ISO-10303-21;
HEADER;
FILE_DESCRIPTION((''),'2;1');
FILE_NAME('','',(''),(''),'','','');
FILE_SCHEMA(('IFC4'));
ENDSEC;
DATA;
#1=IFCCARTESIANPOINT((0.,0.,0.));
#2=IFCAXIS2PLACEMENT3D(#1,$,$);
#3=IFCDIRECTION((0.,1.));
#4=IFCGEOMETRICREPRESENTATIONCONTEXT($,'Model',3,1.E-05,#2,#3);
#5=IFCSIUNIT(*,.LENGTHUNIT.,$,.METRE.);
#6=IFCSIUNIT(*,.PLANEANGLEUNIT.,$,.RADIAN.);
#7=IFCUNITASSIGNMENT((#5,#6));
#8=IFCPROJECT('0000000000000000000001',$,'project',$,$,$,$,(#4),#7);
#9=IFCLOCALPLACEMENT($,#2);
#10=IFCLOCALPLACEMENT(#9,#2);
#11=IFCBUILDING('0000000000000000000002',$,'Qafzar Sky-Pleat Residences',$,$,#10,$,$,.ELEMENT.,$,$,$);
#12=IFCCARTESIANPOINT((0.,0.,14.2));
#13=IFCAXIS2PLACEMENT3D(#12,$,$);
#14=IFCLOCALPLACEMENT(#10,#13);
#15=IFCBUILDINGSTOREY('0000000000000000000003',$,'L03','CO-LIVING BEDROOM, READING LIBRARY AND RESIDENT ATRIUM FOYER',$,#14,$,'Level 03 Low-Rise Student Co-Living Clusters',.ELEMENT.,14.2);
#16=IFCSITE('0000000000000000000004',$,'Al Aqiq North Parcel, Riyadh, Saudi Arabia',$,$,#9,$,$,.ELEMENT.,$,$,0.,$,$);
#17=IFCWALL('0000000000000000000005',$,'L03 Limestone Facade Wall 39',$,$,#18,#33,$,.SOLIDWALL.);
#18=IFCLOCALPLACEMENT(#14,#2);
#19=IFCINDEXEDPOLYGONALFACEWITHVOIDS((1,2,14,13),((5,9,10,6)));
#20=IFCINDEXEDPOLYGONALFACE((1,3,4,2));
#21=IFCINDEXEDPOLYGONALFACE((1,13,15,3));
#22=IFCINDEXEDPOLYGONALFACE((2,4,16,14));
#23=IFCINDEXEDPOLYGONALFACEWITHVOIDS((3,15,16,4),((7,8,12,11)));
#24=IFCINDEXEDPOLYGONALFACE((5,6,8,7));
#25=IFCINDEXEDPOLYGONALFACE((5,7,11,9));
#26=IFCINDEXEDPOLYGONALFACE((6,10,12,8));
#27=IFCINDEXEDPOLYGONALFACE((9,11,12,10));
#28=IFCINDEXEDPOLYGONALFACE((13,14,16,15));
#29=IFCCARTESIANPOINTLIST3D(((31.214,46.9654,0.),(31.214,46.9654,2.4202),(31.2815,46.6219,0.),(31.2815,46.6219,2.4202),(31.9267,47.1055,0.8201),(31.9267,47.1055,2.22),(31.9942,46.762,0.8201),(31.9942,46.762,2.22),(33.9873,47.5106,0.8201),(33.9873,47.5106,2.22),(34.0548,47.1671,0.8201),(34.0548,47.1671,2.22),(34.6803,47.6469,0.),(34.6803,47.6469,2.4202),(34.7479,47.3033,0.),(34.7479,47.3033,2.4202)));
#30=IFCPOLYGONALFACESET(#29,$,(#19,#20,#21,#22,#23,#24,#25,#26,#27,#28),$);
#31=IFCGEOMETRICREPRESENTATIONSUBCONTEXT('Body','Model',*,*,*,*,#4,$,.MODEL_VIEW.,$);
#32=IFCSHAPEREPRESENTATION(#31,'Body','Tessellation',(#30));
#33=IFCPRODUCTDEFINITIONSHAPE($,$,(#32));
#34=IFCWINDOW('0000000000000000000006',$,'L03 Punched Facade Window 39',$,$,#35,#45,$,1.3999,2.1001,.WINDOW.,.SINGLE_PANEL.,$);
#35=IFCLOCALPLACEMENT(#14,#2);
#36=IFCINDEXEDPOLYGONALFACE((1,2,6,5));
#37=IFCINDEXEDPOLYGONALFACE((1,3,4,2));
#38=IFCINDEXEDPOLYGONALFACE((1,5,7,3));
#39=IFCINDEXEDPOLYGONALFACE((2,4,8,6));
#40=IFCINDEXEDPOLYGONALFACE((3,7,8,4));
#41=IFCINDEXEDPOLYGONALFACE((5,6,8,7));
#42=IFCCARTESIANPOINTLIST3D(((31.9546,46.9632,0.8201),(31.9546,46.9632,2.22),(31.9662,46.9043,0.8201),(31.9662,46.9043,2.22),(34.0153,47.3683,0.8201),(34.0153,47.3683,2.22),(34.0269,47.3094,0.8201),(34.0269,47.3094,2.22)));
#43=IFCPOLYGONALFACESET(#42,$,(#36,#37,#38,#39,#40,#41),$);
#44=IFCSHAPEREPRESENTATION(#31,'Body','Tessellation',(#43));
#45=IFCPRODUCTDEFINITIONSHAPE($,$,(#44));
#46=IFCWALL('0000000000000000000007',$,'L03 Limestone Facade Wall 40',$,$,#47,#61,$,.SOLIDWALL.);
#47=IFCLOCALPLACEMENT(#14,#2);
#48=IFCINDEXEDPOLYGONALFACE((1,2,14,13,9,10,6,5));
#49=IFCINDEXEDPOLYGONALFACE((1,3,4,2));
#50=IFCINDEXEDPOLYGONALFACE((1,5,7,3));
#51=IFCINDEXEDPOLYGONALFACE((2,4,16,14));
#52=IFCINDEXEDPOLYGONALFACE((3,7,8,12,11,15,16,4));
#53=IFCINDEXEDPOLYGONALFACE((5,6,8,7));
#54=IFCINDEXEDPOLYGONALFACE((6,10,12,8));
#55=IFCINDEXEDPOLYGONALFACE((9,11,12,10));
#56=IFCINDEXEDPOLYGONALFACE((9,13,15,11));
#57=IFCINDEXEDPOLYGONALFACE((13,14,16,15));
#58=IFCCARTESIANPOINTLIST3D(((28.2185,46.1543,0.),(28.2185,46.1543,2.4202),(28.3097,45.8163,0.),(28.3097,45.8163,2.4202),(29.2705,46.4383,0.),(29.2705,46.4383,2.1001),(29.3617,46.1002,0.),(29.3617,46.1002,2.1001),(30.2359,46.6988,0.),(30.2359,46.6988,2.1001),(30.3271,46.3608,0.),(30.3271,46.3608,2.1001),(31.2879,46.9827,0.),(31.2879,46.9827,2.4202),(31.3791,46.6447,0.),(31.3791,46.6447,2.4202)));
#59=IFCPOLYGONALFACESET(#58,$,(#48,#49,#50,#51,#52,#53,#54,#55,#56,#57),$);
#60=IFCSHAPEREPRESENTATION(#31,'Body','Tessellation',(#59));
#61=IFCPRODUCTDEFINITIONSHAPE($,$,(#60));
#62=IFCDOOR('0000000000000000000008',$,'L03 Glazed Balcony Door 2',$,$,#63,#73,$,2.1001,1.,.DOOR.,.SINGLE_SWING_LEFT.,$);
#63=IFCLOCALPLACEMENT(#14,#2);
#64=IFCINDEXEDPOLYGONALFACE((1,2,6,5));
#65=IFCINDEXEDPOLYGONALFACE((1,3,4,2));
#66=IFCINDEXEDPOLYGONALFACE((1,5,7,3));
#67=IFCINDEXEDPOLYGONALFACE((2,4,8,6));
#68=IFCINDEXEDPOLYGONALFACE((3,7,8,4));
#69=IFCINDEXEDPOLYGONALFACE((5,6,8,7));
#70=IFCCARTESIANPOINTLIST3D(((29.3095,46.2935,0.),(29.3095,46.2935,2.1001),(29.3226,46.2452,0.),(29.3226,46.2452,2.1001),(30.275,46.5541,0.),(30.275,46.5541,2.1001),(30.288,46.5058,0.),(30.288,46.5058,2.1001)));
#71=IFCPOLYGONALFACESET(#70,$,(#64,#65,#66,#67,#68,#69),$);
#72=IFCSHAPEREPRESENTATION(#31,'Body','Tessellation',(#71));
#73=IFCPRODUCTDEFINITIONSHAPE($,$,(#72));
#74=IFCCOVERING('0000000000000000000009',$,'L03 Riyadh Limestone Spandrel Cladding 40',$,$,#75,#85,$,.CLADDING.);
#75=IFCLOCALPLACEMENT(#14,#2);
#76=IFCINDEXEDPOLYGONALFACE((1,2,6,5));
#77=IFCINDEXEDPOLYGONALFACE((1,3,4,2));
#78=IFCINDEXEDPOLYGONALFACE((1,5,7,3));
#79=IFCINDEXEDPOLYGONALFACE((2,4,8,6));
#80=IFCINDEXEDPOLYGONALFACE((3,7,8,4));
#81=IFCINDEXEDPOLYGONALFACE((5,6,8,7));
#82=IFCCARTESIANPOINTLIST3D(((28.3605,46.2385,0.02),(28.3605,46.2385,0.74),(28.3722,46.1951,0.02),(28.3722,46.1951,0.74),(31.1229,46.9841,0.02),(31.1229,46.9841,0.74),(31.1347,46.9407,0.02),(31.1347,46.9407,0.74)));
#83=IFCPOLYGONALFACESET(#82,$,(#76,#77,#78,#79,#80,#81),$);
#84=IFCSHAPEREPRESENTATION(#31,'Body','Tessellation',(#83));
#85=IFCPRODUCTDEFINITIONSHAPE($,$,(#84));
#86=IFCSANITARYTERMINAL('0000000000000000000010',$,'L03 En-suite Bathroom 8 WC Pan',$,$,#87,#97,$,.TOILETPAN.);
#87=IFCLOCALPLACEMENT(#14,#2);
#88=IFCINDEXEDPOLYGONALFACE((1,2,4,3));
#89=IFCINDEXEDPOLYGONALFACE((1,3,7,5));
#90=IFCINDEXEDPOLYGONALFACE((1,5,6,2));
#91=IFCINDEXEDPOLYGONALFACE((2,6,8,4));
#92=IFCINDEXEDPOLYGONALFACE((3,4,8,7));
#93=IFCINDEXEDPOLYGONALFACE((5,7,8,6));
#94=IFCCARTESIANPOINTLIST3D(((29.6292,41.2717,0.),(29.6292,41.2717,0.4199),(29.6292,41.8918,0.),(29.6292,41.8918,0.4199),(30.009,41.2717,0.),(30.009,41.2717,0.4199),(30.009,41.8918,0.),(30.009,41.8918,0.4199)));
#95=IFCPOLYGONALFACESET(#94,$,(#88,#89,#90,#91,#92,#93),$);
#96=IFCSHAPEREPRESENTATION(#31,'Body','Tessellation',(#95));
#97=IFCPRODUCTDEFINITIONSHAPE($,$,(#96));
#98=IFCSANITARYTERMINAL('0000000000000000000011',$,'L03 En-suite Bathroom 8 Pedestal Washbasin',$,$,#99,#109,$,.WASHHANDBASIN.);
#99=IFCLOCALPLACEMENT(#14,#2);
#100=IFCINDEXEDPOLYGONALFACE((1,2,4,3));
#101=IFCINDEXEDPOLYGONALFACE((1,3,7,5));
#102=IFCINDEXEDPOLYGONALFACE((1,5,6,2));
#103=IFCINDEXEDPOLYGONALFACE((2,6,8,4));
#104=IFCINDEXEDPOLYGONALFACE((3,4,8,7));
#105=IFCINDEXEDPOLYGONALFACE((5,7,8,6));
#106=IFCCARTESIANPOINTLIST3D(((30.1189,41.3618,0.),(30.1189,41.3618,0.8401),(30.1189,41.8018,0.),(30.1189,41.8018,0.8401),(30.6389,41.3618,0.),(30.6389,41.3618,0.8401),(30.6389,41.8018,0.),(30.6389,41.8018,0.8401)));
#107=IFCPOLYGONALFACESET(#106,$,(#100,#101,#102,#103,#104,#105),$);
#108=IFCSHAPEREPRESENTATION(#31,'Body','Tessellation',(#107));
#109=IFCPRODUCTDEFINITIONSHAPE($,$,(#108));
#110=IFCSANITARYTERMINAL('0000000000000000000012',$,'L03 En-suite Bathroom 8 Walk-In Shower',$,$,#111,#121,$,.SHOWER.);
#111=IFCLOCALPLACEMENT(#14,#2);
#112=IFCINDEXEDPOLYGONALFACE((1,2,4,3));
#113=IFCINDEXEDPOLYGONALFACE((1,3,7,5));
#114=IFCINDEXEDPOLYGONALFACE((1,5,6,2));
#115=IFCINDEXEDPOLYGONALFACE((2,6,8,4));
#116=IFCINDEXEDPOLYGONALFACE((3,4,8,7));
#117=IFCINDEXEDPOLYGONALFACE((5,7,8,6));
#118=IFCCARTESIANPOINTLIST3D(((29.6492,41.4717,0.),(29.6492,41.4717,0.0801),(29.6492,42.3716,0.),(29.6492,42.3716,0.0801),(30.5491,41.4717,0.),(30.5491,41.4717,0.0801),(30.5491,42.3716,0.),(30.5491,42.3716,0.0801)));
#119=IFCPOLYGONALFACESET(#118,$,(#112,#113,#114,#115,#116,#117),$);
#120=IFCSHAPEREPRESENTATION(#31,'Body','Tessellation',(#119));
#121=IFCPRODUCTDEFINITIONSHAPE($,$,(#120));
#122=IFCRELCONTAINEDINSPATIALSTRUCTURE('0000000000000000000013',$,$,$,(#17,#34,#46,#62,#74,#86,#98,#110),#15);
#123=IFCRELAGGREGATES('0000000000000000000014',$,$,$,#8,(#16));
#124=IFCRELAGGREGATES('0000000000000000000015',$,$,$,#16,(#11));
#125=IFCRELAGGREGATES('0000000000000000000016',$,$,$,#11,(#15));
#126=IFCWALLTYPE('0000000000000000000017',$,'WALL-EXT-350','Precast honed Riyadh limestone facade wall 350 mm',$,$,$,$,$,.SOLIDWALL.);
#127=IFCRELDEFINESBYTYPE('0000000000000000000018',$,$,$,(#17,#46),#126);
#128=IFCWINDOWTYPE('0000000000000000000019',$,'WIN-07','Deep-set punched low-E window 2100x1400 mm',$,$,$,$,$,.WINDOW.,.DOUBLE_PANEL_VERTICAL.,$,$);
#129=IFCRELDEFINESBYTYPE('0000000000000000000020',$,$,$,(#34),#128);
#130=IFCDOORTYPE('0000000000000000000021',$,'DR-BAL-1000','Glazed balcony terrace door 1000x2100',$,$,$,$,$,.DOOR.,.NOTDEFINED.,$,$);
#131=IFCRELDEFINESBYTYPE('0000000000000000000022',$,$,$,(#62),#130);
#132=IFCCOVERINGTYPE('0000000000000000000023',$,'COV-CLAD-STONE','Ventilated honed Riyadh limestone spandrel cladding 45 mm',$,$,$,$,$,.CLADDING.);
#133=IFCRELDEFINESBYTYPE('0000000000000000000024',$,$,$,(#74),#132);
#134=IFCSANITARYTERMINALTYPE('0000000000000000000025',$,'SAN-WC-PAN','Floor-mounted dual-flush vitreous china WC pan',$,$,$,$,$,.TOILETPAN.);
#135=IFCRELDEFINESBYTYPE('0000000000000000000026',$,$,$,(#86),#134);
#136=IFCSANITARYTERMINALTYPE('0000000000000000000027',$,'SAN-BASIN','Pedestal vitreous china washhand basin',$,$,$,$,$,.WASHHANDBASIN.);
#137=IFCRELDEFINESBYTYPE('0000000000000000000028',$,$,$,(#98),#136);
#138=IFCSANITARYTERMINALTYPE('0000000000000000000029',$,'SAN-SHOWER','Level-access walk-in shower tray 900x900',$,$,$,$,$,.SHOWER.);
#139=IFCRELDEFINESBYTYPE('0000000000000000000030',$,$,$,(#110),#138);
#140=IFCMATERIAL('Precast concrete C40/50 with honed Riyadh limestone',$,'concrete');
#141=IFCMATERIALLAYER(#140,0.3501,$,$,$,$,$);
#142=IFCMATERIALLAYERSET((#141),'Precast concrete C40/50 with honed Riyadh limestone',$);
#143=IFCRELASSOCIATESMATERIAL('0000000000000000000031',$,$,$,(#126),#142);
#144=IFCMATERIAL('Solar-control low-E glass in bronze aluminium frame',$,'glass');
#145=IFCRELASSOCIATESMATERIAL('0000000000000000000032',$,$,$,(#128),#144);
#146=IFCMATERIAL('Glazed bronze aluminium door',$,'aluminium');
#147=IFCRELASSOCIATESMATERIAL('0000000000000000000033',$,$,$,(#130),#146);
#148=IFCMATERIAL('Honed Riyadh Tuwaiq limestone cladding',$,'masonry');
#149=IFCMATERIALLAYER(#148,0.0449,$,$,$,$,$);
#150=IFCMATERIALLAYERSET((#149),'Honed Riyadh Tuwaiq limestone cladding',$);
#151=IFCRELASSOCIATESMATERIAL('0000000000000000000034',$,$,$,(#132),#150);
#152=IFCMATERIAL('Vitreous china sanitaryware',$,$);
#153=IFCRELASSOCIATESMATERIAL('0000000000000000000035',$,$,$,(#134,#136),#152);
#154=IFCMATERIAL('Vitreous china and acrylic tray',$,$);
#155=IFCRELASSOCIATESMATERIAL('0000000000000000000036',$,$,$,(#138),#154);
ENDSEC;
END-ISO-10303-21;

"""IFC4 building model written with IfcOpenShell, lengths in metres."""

from ifc_helpers import new_model, si_unit, direction, frame, frame_2d, origin, origin_2d, place, context, subcontext, project, spatial, rectangle, extrude, source, transform, mapped, material, layer, layer_set, type_object, element, fill, save


model = new_model("IFC4")

# Units and contexts
model_context = context("Model", 3, precision=1e-05, world=origin(), true_north=direction((0.0, 1.0)))
body_context = subcontext(model_context, "Body", "Model", "MODEL_VIEW")
ifc_project = project(units=[si_unit("LENGTHUNIT", "METRE"), si_unit("PLANEANGLEUNIT", "RADIAN")], contexts=[model_context])

# Site, building, storey
site_placement = place(None, origin())
site = spatial("IfcSite", under=ifc_project, at=site_placement, Name="Al Aqiq North Parcel, Riyadh, Saudi Arabia", CompositionType="ELEMENT", RefElevation=0.0)
building_placement = place(site_placement, origin())
building = spatial("IfcBuilding", under=site, at=building_placement, Name="Qafzar Sky-Pleat Residences", CompositionType="ELEMENT")
storey_placement = place(building_placement, frame((0.0, 0.0, 14.2)))
storey = spatial("IfcBuildingStorey", under=building, at=storey_placement, Name="L03", Description="CO-LIVING BEDROOM, READING LIBRARY AND RESIDENT ATRIUM FOYER", LongName="Level 03 Low-Rise Student Co-Living Clusters", CompositionType="ELEMENT", Elevation=14.2)

# Wall, opening, window
ifc_material_1 = material(Name="Precast concrete C40/50 with honed Riyadh limestone", Category="concrete")
ifc_layer_1 = layer(ifc_material_1, 0.3501)
ifc_layer_set_1 = layer_set([ifc_layer_1], Name="Precast concrete C40/50 with honed Riyadh limestone")
wall_type_1 = type_object("IfcWallType", Name="WALL-EXT-350", Description="Precast honed Riyadh limestone facade wall 350 mm", PredefinedType="SOLIDWALL", material=ifc_layer_set_1)
ifc_material_2 = material(Name="Solar-control low-E glass in bronze aluminium frame", Category="glass")
wall_1_placement = place(storey_placement, frame((34.7141, 47.4751, 0.0), z_axis=(0.0, 0.0, 1.0), x_axis=(-0.981221, -0.192886, 0.0)))
wall_1 = element("IfcWall", 1, at=wall_1_placement, inside=storey, type_object=wall_type_1, Name="L03 Limestone Facade Wall 39", PredefinedType="SOLIDWALL", context=body_context, shape_type="SweptSolid", body=[
    extrude(rectangle(XDim=3.5327, YDim=0.3501, at=frame_2d((1.7664, 0.0))), origin(), (0.0, 0.0, 1.0), 2.4202),
])
opening_1_placement = place(wall_1_placement, frame((0.7063, 0.0, 0.8201)))
opening_1 = element("IfcOpeningElement", 2, at=opening_1_placement, cuts=wall_1, PredefinedType="OPENING", context=body_context, shape_type="SweptSolid", body=[
    extrude(rectangle(XDim=2.1001, YDim=1.3999, at=frame_2d((1.05, 0.7))), frame((0.0, 0.1851, 0.0), z_axis=(0.0, -1.0, 0.0), x_axis=(1.0, 0.0, 0.0)), (0.0, 0.0, 1.0), 0.3701),
])
window_type_1 = type_object("IfcWindowType", Name="WIN-07", Description="Deep-set punched low-E window 2100x1400 mm", PartitioningType="DOUBLE_PANEL_VERTICAL", PredefinedType="WINDOW", material=ifc_material_2)
shared_shape_1 = source(origin(), body_context, "Body", "SweptSolid", [
    extrude(rectangle(XDim=2.1001, YDim=1.3999, at=frame_2d((1.05, 0.7))), frame((0.0, 0.03, 0.0), z_axis=(0.0, -1.0, 0.0), x_axis=(1.0, 0.0, 0.0)), (0.0, 0.0, 1.0), 0.0601),
])
window_1_placement = place(opening_1_placement, origin())
window_1 = element("IfcWindow", 3, at=window_1_placement, inside=storey, type_object=window_type_1, Name="L03 Punched Facade Window 39", OverallHeight=1.3999, OverallWidth=2.1001, PartitioningType="SINGLE_PANEL", PredefinedType="WINDOW", context=body_context, shape_type="MappedRepresentation", body=[
    mapped(shared_shape_1, transform((0.0, 0.0, 0.0), x_axis=(1.0, 0.0, 0.0), y_axis=(0.0, 1.0, 0.0), z_axis=(0.0, 0.0, 1.0), scale=1.0)),
])
fill(opening_1, window_1)

# Wall, opening, door
wall_2_placement = place(storey_placement, frame((31.3335, 46.8137, 0.0), z_axis=(0.0, 0.0, 1.0), x_axis=(-0.965457, -0.260563, 0.0)))
wall_2 = element("IfcWall", 4, at=wall_2_placement, inside=storey, type_object=wall_type_1, Name="L03 Limestone Facade Wall 40", PredefinedType="SOLIDWALL", context=body_context, shape_type="SweptSolid", body=[
    extrude(rectangle(XDim=3.1792, YDim=0.3501, at=frame_2d((1.5896, 0.0))), origin(), (0.0, 0.0, 1.0), 2.4202),
])
opening_2_placement = place(wall_2_placement, frame((1.0896, 0.0, 0.0)))
opening_2 = element("IfcOpeningElement", 5, at=opening_2_placement, cuts=wall_2, PredefinedType="OPENING", context=body_context, shape_type="SweptSolid", body=[
    extrude(rectangle(XDim=1.0, YDim=2.1001, at=frame_2d((0.5, 1.05))), frame((0.0, 0.1851, 0.0), z_axis=(0.0, -1.0, 0.0), x_axis=(1.0, 0.0, 0.0)), (0.0, 0.0, 1.0), 0.3701),
])
ifc_material_3 = material(Name="Glazed bronze aluminium door", Category="aluminium")
door_type_1 = type_object("IfcDoorType", Name="DR-BAL-1000", Description="Glazed balcony terrace door 1000x2100", OperationType="NOTDEFINED", PredefinedType="DOOR", material=ifc_material_3)
shared_shape_2 = source(origin(), body_context, "Body", "SweptSolid", [
    extrude(rectangle(XDim=1.0, YDim=2.1001, at=frame_2d((0.5, 1.05))), frame((0.0, 0.0249, 0.0), z_axis=(0.0, -1.0, 0.0), x_axis=(1.0, 0.0, 0.0)), (0.0, 0.0, 1.0), 0.05),
])
door_1_placement = place(opening_2_placement, origin())
door_1 = element("IfcDoor", 6, at=door_1_placement, inside=storey, type_object=door_type_1, Name="L03 Glazed Balcony Door 2", OperationType="SINGLE_SWING_LEFT", OverallHeight=2.1001, OverallWidth=1.0, PredefinedType="DOOR", context=body_context, shape_type="MappedRepresentation", body=[
    mapped(shared_shape_2, transform((0.0, 0.0, 0.0), x_axis=(1.0, 0.0, 0.0), y_axis=(0.0, 1.0, 0.0), z_axis=(0.0, 0.0, 1.0), scale=1.0)),
])
fill(opening_2, door_1)

# Covering
ifc_material_4 = material(Name="Honed Riyadh Tuwaiq limestone cladding", Category="masonry")
ifc_layer_2 = layer(ifc_material_4, 0.0449)
ifc_layer_set_2 = layer_set([ifc_layer_2], Name="Honed Riyadh Tuwaiq limestone cladding")
covering_type = type_object("IfcCoveringType", Name="COV-CLAD-STONE", Description="Ventilated honed Riyadh limestone spandrel cladding 45 mm", PredefinedType="CLADDING", material=ifc_layer_set_2)
shared_shape_3 = source(origin(), body_context, "Body", "SweptSolid", [
    extrude(rectangle(XDim=2.8613, YDim=0.0449, at=origin_2d()), origin(), (0.0, 0.0, 1.0), 0.72),
])
covering_placement = place(storey_placement, frame((29.7476, 46.5896, 0.02), z_axis=(0.0, 0.0, 1.0), x_axis=(-0.965456, -0.260567, 0.0)))
element("IfcCovering", 7, at=covering_placement, inside=storey, type_object=covering_type, Name="L03 Riyadh Limestone Spandrel Cladding 40", PredefinedType="CLADDING", context=body_context, shape_type="MappedRepresentation", body=[
    mapped(shared_shape_3, transform((0.0, 0.0, 0.0), x_axis=(1.0, 0.0, 0.0), y_axis=(0.0, 1.0, 0.0), z_axis=(0.0, 0.0, 1.0), scale=1.0)),
])

# Sanitary terminals
ifc_material_5 = material(Name="Vitreous china sanitaryware")
sanitary_terminal_type_1 = type_object("IfcSanitaryTerminalType", Name="SAN-WC-PAN", Description="Floor-mounted dual-flush vitreous china WC pan", PredefinedType="TOILETPAN", material=ifc_material_5)
shared_shape_4 = source(origin(), body_context, "Body", "SweptSolid", [
    extrude(rectangle(XDim=0.3799, YDim=0.6201, at=origin_2d()), origin(), (0.0, 0.0, 1.0), 0.4199),
])
sanitary_terminal_1_placement = place(storey_placement, frame((29.8191, 41.5818, 0.0), z_axis=(0.0, 0.0, 1.0), x_axis=(1.0, 0.0, 0.0)))
element("IfcSanitaryTerminal", 8, at=sanitary_terminal_1_placement, inside=storey, type_object=sanitary_terminal_type_1, Name="L03 En-suite Bathroom 8 WC Pan", PredefinedType="TOILETPAN", context=body_context, shape_type="MappedRepresentation", body=[
    mapped(shared_shape_4, transform((0.0, 0.0, 0.0), x_axis=(1.0, 0.0, 0.0), y_axis=(0.0, 1.0, 0.0), z_axis=(0.0, 0.0, 1.0), scale=1.0)),
])
sanitary_terminal_type_2 = type_object("IfcSanitaryTerminalType", Name="SAN-BASIN", Description="Pedestal vitreous china washhand basin", PredefinedType="WASHHANDBASIN", material=ifc_material_5)
shared_shape_5 = source(origin(), body_context, "Body", "SweptSolid", [
    extrude(rectangle(XDim=0.52, YDim=0.4399, at=origin_2d()), origin(), (0.0, 0.0, 1.0), 0.8401),
])
sanitary_terminal_2_placement = place(storey_placement, frame((30.3789, 41.5818, 0.0), z_axis=(0.0, 0.0, 1.0), x_axis=(1.0, 0.0, 0.0)))
element("IfcSanitaryTerminal", 9, at=sanitary_terminal_2_placement, inside=storey, type_object=sanitary_terminal_type_2, Name="L03 En-suite Bathroom 8 Pedestal Washbasin", PredefinedType="WASHHANDBASIN", context=body_context, shape_type="MappedRepresentation", body=[
    mapped(shared_shape_5, transform((0.0, 0.0, 0.0), x_axis=(1.0, 0.0, 0.0), y_axis=(0.0, 1.0, 0.0), z_axis=(0.0, 0.0, 1.0), scale=1.0)),
])
ifc_material_6 = material(Name="Vitreous china and acrylic tray")
sanitary_terminal_type_3 = type_object("IfcSanitaryTerminalType", Name="SAN-SHOWER", Description="Level-access walk-in shower tray 900x900", PredefinedType="SHOWER", material=ifc_material_6)
shared_shape_6 = source(origin(), body_context, "Body", "SweptSolid", [
    extrude(rectangle(XDim=0.8999, YDim=0.8999, at=origin_2d()), origin(), (0.0, 0.0, 1.0), 0.0801),
])
sanitary_terminal_3_placement = place(storey_placement, frame((30.0991, 41.9216, 0.0), z_axis=(0.0, 0.0, 1.0), x_axis=(1.0, 0.0, 0.0)))
element("IfcSanitaryTerminal", 10, at=sanitary_terminal_3_placement, inside=storey, type_object=sanitary_terminal_type_3, Name="L03 En-suite Bathroom 8 Walk-In Shower", PredefinedType="SHOWER", context=body_context, shape_type="MappedRepresentation", body=[
    mapped(shared_shape_6, transform((0.0, 0.0, 0.0), x_axis=(1.0, 0.0, 0.0), y_axis=(0.0, 1.0, 0.0), z_axis=(0.0, 0.0, 1.0), scale=1.0)),
])

save(model, "model.ifc")
